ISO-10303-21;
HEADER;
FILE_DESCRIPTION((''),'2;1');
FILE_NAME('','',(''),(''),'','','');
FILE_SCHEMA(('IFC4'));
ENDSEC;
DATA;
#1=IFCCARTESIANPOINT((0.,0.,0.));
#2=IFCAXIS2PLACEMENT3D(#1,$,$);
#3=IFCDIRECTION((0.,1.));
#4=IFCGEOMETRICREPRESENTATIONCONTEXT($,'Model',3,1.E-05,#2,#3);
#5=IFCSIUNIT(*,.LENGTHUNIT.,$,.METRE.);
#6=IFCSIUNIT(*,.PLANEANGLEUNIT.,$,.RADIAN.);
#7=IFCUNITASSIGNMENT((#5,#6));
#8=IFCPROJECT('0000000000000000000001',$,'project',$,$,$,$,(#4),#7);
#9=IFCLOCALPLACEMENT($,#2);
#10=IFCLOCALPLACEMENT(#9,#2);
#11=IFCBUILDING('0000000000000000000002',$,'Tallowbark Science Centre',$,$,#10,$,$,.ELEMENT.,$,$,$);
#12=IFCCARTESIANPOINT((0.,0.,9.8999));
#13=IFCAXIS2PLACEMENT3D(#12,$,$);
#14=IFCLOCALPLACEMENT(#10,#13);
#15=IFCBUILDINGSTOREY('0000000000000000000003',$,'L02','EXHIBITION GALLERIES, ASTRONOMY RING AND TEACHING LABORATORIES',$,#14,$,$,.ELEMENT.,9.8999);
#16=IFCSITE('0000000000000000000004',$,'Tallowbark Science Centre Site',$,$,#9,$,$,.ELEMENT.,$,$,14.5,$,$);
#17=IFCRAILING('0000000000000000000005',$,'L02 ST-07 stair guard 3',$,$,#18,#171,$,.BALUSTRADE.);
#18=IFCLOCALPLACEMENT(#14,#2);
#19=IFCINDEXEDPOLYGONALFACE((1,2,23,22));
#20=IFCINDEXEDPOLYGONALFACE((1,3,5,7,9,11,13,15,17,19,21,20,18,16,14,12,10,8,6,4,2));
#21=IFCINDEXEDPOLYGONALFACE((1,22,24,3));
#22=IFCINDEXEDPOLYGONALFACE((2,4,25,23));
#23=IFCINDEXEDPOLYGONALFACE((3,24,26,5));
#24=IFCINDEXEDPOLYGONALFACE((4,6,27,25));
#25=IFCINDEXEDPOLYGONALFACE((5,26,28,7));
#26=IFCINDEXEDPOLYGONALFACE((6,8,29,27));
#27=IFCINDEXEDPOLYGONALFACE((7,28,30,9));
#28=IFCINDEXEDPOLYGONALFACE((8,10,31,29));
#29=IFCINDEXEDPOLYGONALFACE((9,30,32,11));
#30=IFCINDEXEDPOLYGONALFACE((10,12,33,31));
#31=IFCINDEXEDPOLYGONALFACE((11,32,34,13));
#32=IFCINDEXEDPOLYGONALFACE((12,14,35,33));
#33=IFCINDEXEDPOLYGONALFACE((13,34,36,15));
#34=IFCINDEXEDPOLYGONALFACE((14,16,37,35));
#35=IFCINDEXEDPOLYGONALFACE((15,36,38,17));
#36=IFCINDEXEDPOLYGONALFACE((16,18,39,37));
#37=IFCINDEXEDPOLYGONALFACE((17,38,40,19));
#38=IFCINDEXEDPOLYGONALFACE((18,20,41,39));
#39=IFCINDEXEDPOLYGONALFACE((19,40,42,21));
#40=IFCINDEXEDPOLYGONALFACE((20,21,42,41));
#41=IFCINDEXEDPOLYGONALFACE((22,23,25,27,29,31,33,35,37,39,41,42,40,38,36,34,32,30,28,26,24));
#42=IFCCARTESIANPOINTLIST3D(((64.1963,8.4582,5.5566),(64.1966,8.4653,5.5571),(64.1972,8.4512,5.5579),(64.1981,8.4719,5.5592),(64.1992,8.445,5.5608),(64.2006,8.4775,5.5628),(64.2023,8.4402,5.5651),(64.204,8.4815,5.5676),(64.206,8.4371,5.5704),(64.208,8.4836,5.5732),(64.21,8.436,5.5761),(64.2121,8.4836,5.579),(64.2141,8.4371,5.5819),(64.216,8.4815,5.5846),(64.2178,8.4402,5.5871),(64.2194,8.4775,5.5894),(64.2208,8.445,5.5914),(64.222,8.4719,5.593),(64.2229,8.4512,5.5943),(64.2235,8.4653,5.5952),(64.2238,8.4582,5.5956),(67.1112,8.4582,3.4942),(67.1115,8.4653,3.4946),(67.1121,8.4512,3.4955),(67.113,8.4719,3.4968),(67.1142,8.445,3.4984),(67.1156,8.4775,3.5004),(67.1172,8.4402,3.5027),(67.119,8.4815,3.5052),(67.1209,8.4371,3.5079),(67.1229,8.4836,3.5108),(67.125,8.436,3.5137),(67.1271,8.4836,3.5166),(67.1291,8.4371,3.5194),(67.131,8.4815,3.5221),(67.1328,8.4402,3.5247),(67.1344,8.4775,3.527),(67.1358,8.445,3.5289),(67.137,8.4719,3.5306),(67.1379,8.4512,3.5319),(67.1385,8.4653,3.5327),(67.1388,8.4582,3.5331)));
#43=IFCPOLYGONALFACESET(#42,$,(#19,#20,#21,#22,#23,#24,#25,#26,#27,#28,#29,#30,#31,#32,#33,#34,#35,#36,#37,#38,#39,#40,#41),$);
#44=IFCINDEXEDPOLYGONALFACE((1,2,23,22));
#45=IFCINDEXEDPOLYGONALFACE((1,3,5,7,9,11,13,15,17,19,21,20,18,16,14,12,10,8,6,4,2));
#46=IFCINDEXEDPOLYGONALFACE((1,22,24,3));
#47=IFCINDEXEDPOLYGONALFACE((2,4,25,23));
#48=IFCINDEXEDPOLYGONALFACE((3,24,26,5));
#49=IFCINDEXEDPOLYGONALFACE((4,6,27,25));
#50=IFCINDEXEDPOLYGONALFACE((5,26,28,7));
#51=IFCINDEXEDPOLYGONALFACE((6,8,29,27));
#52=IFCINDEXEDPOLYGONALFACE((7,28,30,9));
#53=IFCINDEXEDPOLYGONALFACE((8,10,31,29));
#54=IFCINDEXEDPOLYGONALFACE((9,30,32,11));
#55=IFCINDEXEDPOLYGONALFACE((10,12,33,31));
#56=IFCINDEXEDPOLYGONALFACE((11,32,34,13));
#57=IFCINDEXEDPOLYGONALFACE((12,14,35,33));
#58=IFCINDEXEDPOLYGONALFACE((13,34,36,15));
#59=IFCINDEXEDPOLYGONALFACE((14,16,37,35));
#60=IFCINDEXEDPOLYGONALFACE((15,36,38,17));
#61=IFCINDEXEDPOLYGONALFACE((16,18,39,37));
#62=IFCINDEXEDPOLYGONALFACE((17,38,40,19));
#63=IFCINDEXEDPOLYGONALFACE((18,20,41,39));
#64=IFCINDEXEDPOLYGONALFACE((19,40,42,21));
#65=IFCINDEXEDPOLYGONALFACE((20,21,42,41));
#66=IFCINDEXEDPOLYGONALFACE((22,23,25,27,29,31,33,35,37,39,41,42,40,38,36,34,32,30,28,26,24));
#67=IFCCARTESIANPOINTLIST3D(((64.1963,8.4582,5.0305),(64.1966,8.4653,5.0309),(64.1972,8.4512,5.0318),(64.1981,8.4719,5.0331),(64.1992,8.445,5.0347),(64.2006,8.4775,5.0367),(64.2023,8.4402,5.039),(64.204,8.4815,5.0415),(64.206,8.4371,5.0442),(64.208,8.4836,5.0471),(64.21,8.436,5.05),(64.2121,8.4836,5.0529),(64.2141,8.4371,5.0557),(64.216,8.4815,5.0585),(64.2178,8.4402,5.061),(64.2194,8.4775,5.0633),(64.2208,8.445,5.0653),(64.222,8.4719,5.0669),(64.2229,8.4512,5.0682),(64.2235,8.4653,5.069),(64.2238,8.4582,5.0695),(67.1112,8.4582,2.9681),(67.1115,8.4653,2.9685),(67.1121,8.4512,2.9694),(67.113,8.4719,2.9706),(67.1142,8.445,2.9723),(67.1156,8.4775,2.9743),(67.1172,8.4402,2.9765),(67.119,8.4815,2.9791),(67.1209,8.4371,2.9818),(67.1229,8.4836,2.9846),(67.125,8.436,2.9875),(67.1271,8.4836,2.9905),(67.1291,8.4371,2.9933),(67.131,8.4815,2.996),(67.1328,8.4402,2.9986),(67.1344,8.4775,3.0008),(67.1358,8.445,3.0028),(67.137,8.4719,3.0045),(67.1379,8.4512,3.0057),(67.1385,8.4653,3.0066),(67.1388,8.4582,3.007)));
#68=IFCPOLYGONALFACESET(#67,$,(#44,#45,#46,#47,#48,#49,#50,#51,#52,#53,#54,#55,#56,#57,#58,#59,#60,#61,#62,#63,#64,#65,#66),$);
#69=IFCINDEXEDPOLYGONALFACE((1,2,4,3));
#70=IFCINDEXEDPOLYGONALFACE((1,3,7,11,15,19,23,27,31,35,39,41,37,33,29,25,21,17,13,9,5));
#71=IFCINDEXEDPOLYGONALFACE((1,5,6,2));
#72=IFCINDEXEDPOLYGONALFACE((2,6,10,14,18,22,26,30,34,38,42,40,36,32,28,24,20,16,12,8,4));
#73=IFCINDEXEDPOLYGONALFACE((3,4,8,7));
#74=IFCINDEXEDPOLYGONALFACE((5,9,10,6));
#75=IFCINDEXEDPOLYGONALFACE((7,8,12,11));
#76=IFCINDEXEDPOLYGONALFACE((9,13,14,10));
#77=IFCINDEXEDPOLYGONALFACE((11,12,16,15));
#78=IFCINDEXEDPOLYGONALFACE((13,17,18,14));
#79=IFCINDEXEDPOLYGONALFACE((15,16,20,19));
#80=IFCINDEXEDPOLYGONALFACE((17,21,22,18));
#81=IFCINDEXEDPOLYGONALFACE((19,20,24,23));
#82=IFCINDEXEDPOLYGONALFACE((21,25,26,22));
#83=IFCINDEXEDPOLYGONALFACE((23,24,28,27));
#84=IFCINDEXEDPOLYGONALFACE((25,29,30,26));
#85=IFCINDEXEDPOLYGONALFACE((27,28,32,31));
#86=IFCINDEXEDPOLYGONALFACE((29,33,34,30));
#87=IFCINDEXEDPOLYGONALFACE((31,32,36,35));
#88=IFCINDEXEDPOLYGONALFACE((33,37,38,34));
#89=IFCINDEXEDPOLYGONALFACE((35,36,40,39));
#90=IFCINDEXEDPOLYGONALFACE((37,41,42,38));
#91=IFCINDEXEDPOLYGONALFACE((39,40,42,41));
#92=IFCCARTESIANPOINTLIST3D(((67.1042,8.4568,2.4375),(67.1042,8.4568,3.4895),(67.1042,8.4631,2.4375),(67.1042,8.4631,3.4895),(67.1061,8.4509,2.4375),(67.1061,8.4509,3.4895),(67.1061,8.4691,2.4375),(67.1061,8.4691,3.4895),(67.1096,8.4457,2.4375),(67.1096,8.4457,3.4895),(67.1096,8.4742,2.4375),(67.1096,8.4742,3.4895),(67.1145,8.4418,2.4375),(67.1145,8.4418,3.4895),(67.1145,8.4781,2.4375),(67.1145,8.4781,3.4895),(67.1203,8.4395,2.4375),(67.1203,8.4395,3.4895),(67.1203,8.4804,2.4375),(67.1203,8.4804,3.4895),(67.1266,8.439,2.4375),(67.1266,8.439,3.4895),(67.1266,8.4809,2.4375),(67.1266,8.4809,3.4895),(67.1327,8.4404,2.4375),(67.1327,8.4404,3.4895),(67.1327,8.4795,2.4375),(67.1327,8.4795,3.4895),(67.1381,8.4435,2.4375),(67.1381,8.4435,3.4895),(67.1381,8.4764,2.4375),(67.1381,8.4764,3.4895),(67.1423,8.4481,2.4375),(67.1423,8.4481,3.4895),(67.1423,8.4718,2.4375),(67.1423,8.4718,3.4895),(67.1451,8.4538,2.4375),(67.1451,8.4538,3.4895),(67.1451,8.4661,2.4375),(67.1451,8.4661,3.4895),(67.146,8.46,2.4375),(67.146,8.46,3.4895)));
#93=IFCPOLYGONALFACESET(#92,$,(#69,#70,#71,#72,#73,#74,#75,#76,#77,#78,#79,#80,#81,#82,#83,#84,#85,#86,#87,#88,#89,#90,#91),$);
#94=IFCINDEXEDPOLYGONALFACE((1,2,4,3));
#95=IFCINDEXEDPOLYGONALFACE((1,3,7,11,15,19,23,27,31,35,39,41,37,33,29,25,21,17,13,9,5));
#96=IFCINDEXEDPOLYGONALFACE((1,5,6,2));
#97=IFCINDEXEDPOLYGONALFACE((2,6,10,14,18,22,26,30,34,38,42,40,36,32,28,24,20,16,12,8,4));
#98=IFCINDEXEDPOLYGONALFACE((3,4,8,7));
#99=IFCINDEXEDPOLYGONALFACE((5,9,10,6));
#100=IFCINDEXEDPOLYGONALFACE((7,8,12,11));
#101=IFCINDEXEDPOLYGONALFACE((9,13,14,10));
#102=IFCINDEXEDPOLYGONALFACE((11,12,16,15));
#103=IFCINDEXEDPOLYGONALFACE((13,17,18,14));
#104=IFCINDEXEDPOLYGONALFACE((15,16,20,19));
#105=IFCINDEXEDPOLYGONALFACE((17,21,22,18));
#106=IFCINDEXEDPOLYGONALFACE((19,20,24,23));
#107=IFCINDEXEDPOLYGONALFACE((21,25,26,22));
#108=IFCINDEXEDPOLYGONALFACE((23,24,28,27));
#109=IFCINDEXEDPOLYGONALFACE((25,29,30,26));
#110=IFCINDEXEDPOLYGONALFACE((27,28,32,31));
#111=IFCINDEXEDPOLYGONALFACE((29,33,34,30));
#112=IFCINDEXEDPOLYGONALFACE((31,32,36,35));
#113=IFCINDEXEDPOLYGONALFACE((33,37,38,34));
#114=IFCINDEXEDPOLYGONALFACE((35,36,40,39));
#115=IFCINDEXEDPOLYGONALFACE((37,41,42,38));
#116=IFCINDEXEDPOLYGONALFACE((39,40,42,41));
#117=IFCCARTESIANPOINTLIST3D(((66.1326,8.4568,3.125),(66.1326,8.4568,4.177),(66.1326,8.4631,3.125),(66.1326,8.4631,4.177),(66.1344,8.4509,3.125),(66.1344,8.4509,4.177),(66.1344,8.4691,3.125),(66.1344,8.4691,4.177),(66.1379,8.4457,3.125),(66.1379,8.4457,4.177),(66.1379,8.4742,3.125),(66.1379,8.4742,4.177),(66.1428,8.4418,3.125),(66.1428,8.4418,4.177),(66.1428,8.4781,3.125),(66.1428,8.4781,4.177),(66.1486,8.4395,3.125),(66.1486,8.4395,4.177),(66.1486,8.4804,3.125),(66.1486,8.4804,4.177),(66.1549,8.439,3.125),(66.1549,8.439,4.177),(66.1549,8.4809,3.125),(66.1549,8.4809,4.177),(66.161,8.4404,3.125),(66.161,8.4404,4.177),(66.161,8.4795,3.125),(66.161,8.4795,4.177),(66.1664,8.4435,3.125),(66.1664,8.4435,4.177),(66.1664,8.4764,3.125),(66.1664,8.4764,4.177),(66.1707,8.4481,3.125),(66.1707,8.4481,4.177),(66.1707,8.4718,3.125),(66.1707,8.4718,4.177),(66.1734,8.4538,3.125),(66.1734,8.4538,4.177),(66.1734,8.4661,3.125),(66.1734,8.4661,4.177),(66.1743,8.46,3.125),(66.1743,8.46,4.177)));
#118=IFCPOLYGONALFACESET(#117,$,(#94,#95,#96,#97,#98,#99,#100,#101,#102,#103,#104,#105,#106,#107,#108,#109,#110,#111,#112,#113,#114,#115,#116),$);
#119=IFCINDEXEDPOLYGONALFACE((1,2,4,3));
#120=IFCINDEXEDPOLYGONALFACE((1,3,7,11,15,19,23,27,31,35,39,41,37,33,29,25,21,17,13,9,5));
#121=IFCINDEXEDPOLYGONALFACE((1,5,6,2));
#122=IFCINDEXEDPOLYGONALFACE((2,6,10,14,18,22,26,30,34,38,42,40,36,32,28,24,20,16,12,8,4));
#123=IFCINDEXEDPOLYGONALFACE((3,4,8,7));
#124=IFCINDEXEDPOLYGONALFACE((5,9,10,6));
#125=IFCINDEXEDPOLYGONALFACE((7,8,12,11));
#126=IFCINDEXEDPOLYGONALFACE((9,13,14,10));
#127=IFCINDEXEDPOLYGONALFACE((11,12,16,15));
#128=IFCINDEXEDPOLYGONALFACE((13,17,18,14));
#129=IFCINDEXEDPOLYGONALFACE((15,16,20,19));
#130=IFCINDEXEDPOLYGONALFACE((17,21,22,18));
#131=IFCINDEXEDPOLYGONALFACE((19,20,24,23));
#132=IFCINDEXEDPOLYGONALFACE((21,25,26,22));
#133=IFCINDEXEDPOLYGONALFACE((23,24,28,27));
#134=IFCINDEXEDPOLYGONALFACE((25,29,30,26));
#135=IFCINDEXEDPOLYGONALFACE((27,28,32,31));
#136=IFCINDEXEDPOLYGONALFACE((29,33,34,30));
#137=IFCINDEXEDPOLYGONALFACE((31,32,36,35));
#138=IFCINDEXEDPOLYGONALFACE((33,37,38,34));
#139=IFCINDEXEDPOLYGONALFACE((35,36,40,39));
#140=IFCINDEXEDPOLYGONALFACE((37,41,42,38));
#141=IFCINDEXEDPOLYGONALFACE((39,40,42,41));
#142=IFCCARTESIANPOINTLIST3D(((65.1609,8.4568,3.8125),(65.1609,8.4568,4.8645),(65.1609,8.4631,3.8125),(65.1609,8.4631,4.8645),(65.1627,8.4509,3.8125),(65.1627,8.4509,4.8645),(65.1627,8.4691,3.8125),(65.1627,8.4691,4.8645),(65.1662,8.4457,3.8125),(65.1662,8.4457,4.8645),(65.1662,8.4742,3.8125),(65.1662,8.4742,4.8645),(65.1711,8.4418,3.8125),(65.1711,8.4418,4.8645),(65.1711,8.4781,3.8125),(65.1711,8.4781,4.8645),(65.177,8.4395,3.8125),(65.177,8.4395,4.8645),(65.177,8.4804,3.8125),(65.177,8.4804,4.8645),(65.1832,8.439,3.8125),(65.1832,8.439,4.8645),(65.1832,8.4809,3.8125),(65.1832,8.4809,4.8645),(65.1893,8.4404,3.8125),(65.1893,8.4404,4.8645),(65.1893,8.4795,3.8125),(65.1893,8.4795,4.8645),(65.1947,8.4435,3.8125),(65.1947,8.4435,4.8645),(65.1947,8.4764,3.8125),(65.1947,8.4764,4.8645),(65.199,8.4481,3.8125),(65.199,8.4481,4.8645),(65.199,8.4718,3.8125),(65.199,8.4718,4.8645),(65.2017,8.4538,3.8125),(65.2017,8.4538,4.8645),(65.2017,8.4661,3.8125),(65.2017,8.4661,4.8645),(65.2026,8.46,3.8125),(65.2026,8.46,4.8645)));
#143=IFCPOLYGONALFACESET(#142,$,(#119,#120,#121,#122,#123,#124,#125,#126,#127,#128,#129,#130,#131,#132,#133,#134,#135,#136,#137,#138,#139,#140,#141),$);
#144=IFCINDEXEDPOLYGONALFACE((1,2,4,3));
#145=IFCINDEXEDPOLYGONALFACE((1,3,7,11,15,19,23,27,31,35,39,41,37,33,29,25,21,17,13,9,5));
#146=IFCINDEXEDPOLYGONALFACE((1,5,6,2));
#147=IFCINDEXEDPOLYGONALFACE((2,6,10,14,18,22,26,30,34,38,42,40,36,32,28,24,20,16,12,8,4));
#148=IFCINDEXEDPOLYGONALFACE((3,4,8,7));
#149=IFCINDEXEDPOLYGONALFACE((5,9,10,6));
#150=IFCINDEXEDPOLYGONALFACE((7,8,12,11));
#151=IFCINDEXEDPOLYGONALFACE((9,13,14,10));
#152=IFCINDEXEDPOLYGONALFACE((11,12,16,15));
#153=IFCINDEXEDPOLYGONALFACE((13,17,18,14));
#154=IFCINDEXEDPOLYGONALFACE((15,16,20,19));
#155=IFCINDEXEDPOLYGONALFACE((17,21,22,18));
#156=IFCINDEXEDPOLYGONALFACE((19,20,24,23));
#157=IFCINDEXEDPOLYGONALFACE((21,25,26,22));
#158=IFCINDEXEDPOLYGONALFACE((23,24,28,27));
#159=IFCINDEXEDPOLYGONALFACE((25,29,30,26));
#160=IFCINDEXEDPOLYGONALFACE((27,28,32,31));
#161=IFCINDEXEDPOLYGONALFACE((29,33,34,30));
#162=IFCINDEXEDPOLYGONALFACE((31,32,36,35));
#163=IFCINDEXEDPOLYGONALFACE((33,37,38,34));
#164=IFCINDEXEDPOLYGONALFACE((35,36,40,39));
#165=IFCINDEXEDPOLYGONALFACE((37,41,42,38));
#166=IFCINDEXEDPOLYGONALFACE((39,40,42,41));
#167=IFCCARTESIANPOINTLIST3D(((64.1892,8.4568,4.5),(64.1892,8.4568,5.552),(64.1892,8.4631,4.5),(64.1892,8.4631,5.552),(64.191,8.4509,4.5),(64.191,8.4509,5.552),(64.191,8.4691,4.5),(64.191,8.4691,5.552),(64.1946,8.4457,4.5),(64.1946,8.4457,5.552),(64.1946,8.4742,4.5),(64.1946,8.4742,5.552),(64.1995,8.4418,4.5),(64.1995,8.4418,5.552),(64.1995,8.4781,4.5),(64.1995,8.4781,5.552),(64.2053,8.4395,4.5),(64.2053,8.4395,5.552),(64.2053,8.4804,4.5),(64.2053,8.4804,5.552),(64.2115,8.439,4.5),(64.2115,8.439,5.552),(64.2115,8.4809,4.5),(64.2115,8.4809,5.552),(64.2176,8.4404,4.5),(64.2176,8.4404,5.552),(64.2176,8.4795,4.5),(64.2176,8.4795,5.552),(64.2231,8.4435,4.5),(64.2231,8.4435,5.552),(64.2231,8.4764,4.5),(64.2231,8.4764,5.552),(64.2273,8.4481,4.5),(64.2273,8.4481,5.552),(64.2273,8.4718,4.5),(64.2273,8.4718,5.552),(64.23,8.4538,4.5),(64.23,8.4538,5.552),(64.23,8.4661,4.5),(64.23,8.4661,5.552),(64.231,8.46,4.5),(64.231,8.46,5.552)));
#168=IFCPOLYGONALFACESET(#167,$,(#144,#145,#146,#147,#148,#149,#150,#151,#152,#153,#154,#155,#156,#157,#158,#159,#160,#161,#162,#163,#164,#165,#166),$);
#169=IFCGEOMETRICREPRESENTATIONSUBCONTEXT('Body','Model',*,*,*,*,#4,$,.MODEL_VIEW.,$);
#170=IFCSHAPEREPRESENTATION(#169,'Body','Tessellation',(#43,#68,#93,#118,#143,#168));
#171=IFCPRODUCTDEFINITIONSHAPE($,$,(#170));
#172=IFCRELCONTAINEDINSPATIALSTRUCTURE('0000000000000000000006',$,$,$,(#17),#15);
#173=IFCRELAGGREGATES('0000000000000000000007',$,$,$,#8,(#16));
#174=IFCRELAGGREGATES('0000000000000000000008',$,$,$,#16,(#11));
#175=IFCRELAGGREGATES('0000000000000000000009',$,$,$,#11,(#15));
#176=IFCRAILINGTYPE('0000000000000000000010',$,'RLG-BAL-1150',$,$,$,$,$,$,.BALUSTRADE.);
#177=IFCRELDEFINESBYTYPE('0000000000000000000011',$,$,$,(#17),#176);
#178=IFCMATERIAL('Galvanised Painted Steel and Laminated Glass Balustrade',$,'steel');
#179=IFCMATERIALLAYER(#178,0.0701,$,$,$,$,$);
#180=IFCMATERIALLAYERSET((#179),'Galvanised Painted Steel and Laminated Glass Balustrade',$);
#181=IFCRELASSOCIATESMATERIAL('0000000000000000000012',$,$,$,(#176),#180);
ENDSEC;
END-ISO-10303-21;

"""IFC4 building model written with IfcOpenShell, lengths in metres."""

from ifc_helpers import new_model, si_unit, direction, frame, origin, origin_2d, place, context, subcontext, project, spatial, circle, extrude, material, layer, layer_set, type_object, element, save


model = new_model("IFC4")

# Units and contexts
model_context = context("Model", 3, precision=1e-05, world=origin(), true_north=direction((0.0, 1.0)))
body_context = subcontext(model_context, "Body", "Model", "MODEL_VIEW")
ifc_project = project(units=[si_unit("LENGTHUNIT", "METRE"), si_unit("PLANEANGLEUNIT", "RADIAN")], contexts=[model_context])

# Site, building, storey
site_placement = place(None, origin())
site = spatial("IfcSite", under=ifc_project, at=site_placement, Name="Tallowbark Science Centre Site", CompositionType="ELEMENT", RefElevation=14.5)
building_placement = place(site_placement, origin())
building = spatial("IfcBuilding", under=site, at=building_placement, Name="Tallowbark Science Centre", CompositionType="ELEMENT")
storey_placement = place(building_placement, frame((0.0, 0.0, 9.8999)))
storey = spatial("IfcBuildingStorey", under=building, at=storey_placement, Name="L02", Description="EXHIBITION GALLERIES, ASTRONOMY RING AND TEACHING LABORATORIES", CompositionType="ELEMENT", Elevation=9.8999)

# Railing
ifc_material_1 = material(Name="Galvanised Painted Steel and Laminated Glass Balustrade", Category="steel")
ifc_layer_1 = layer(ifc_material_1, 0.0701)
ifc_layer_set_1 = layer_set([ifc_layer_1], Name="Galvanised Painted Steel and Laminated Glass Balustrade")
railing_type_1 = type_object("IfcRailingType", Name="RLG-BAL-1150", PredefinedType="BALUSTRADE", material=ifc_layer_set_1)
railing_1_placement = place(storey_placement, frame((67.125, 8.46, 2.4375)))
element("IfcRailing", 1, at=railing_1_placement, inside=storey, type_object=railing_type_1, Name="L02 ST-07 stair guard 3", PredefinedType="BALUSTRADE", context=body_context, shape_type="SweptSolid", body=[
    extrude(circle(Radius=0.0239, at=origin_2d()), frame((0.0, 0.0, 1.0762), z_axis=(-0.816331, 0.0, 0.577585), x_axis=(0.0, -1.0, 0.0)), (0.0, 0.0, 1.0), 3.5708),
    extrude(circle(Radius=0.0239, at=origin_2d()), frame((0.0, 0.0, 0.55), z_axis=(-0.816331, 0.0, 0.577585), x_axis=(0.0, -1.0, 0.0)), (0.0, 0.0, 1.0), 3.5708),
    extrude(circle(Radius=0.021, at=origin_2d()), origin(), (0.0, 0.0, 1.0), 1.052),
    extrude(circle(Radius=0.021, at=origin_2d()), frame((-0.9717, 0.0, 0.6875)), (0.0, 0.0, 1.0), 1.052),
    extrude(circle(Radius=0.021, at=origin_2d()), frame((-1.9434, 0.0, 1.375)), (0.0, 0.0, 1.0), 1.052),
    extrude(circle(Radius=0.021, at=origin_2d()), frame((-2.915, 0.0, 2.0625)), (0.0, 0.0, 1.0), 1.052),
])

save(model, "model.ifc")
